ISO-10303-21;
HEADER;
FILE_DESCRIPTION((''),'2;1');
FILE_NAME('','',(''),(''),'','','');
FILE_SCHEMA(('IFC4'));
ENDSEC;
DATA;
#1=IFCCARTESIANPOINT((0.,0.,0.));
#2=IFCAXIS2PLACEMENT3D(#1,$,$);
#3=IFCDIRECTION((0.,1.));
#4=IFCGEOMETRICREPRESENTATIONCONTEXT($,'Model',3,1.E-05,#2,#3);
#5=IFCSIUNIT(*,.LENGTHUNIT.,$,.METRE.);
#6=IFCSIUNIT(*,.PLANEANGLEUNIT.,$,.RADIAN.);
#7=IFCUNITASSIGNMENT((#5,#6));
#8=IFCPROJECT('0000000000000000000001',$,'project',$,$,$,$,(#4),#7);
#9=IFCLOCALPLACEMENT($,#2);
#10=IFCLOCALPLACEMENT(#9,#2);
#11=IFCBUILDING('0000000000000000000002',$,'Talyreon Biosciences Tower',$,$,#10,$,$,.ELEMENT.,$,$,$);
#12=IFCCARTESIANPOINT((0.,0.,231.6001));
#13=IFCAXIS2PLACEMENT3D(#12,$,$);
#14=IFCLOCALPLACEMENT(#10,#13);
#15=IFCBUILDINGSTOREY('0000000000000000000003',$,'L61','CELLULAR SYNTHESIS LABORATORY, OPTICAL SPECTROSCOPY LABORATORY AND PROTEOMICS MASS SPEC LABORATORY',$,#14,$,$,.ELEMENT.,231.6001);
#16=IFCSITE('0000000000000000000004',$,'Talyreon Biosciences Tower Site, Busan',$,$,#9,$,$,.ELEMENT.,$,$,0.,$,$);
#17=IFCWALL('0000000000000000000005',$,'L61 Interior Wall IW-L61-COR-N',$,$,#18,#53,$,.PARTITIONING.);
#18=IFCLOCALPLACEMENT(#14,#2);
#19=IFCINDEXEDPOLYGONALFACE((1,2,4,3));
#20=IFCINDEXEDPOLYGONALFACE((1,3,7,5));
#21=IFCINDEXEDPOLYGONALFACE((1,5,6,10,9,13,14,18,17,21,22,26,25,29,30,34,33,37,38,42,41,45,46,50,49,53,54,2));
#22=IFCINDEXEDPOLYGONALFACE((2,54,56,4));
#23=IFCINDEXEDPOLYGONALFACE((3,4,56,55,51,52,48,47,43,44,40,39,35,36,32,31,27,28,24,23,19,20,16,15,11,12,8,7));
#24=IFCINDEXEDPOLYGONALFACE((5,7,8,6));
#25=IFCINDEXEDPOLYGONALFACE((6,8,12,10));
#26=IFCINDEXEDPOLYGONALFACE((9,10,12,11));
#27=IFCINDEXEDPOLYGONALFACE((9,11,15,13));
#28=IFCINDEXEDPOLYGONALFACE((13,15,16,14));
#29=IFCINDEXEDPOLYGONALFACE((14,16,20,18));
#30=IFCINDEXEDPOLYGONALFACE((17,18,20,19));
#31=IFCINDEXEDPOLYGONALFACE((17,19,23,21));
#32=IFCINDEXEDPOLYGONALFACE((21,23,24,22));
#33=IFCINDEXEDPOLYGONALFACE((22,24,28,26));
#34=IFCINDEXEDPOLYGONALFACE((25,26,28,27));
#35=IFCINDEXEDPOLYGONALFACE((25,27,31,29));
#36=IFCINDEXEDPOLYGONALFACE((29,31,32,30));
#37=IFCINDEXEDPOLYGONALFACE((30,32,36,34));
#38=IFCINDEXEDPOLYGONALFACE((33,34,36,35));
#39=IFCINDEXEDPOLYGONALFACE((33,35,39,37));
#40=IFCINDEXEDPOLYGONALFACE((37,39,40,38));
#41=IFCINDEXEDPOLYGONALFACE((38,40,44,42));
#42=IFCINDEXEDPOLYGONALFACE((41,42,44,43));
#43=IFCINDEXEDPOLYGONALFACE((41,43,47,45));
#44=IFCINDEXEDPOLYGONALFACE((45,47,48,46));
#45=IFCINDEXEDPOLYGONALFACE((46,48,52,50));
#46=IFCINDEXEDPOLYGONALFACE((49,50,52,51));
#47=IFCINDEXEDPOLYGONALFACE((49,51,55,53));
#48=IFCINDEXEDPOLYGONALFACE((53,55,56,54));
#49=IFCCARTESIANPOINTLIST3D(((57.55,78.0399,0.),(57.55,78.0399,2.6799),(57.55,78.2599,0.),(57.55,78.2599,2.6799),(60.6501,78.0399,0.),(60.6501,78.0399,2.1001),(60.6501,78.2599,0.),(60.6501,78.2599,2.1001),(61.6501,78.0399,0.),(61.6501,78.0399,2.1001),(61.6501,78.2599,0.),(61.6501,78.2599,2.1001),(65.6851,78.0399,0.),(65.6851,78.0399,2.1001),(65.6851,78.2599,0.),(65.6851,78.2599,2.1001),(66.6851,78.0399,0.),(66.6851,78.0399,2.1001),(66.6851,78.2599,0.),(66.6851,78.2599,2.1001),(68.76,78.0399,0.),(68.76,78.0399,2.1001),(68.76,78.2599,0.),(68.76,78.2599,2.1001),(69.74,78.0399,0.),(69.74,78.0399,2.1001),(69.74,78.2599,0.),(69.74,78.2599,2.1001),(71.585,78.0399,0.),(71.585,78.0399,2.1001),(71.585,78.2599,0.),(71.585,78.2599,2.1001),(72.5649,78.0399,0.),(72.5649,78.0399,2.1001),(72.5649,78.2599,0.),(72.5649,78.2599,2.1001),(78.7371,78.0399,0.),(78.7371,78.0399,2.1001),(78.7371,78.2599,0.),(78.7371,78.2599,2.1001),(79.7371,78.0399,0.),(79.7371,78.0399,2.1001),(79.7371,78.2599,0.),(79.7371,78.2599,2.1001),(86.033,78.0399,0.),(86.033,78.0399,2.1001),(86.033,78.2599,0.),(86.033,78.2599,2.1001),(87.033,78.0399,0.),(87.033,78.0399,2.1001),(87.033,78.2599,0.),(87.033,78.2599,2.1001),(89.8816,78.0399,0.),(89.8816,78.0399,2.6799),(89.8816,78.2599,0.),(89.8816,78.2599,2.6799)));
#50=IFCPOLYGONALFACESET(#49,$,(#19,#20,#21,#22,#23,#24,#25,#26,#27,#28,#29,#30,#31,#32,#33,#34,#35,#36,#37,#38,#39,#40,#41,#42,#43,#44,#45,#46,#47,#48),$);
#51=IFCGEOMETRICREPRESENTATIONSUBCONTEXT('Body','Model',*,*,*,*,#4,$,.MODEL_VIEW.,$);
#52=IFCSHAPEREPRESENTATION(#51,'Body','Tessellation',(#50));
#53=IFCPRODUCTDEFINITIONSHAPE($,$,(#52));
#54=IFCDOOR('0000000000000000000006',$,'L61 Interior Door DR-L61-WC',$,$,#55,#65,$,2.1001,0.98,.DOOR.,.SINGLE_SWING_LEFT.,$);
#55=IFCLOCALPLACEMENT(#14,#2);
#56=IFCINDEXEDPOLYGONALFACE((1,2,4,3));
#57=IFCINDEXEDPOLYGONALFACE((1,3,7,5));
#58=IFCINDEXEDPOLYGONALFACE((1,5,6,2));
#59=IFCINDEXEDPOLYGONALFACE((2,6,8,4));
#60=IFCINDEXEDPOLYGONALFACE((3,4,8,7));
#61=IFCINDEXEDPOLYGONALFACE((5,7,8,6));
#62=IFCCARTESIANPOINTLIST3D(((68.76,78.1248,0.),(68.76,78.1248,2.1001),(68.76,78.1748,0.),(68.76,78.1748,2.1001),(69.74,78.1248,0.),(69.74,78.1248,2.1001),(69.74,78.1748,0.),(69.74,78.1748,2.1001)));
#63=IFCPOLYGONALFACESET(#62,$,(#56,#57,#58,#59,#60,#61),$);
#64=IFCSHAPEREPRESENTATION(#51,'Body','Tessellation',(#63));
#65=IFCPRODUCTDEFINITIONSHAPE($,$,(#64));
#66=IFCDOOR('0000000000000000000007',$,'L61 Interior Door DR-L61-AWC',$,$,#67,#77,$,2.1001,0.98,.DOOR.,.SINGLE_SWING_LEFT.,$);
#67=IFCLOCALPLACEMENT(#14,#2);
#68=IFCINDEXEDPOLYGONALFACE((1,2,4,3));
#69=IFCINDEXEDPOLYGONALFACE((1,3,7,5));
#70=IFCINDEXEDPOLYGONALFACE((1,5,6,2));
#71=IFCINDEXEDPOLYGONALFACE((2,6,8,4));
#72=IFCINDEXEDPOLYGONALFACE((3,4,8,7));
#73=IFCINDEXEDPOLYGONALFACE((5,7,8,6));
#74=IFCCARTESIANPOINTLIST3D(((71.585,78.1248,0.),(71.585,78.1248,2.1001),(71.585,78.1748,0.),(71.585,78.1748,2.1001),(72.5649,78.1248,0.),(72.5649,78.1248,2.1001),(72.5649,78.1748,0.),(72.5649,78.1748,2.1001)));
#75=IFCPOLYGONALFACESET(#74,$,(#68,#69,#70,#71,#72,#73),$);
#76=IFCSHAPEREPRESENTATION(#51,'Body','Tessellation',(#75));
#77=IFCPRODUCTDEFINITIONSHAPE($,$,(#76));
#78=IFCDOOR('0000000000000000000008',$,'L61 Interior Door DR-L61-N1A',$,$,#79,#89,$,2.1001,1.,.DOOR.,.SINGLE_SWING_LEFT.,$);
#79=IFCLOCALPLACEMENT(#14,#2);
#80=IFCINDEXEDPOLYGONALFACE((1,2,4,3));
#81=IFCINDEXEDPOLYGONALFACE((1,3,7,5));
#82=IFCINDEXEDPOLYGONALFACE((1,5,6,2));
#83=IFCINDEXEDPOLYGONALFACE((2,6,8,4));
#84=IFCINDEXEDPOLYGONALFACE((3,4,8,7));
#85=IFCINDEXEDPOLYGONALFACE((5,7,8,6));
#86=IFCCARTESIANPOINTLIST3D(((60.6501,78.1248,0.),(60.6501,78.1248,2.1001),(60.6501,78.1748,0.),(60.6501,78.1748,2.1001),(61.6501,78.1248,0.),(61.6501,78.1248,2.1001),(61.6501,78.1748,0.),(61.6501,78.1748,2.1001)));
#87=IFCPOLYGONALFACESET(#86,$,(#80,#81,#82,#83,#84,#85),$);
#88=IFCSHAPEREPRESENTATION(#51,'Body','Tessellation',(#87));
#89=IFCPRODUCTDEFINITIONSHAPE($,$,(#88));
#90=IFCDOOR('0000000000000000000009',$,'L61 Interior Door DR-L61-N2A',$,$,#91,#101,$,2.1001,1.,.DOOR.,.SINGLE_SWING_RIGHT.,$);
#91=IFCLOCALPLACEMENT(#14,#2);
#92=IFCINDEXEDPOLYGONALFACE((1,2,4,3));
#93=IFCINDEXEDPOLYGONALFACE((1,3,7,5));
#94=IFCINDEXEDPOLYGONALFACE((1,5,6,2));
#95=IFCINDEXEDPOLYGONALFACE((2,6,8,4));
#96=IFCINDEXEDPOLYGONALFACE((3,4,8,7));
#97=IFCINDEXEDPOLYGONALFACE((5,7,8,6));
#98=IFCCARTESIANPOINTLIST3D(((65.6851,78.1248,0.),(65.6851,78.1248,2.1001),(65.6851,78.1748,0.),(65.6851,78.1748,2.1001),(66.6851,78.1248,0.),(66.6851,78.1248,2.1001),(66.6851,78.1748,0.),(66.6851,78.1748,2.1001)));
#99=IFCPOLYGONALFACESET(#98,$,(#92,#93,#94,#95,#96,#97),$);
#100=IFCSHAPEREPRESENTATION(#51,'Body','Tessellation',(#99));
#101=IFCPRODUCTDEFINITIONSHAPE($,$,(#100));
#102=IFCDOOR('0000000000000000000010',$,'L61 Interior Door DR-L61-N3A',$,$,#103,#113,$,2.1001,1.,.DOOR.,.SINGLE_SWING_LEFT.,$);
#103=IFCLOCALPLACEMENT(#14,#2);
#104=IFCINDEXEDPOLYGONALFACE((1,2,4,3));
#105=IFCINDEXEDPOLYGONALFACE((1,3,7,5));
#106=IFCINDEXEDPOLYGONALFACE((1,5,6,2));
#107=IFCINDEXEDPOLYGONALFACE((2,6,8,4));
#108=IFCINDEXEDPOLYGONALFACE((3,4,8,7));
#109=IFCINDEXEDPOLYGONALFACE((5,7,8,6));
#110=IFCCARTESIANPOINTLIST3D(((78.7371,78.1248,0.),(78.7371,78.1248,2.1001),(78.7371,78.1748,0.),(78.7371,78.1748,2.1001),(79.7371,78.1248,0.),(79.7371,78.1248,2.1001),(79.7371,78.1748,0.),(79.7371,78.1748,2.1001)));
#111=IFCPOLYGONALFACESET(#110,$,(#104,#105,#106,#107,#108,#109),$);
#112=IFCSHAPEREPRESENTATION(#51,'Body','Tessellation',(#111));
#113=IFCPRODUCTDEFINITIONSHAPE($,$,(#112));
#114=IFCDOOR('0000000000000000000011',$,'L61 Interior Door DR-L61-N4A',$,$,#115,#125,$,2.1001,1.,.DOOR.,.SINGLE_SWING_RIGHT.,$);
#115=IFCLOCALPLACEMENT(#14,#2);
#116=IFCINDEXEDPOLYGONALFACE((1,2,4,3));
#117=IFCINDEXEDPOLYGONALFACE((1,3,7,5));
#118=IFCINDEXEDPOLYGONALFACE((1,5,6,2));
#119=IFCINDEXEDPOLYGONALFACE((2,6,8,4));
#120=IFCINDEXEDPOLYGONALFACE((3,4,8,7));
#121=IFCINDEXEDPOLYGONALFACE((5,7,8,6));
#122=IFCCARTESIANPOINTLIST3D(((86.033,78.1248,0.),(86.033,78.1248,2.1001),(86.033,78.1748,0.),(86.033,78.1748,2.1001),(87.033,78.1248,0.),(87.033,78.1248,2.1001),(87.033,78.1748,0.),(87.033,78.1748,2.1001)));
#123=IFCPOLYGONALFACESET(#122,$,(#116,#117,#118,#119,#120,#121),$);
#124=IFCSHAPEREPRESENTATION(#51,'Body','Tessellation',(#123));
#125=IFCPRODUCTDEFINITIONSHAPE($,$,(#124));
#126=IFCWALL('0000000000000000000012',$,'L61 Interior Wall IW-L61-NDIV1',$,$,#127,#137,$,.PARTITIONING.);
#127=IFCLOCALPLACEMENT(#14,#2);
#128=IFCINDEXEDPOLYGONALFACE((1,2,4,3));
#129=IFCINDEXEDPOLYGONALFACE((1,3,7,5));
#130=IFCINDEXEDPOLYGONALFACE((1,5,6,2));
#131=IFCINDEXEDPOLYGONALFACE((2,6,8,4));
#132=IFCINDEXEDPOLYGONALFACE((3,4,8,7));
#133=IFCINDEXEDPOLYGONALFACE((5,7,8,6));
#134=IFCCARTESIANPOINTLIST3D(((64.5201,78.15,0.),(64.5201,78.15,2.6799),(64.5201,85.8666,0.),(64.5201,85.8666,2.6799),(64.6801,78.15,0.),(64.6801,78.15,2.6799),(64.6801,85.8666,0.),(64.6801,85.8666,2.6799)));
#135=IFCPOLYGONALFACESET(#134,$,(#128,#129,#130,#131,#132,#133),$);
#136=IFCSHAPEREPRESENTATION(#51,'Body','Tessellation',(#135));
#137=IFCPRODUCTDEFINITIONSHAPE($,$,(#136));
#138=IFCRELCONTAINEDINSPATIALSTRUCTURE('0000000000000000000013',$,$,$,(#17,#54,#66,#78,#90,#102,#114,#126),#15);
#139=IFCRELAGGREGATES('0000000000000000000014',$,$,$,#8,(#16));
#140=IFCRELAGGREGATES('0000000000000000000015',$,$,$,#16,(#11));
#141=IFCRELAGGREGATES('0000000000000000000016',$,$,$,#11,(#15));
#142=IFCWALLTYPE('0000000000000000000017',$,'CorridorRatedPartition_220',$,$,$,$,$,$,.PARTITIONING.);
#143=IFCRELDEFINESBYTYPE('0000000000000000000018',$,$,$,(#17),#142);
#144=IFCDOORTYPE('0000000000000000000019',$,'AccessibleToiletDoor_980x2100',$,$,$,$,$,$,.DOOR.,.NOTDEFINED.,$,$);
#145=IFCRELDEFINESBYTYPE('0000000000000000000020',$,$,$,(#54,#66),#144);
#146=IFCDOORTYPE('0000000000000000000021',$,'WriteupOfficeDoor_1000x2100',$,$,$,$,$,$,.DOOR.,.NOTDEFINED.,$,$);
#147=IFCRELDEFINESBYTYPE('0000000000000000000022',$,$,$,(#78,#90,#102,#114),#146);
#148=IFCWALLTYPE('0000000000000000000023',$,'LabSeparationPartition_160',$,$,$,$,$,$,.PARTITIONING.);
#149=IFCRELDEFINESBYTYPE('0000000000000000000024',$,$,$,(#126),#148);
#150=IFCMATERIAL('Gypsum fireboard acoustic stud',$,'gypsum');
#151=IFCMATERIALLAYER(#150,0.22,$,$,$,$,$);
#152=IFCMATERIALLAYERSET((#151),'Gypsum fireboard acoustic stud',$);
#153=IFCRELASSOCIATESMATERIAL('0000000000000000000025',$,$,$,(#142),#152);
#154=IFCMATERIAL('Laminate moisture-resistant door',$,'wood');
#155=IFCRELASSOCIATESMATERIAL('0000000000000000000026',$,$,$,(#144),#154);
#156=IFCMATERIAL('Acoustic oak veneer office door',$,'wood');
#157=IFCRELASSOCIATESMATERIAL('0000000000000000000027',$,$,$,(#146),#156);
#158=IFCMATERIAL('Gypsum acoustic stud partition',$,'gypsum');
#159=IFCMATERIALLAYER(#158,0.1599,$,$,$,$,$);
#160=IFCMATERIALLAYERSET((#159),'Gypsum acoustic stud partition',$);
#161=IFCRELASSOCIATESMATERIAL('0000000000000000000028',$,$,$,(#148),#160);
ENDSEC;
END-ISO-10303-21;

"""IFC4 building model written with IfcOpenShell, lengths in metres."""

from ifc_helpers import new_model, si_unit, direction, frame, frame_2d, origin, place, context, subcontext, project, spatial, rectangle, extrude, material, layer, layer_set, type_object, element, fill, save


model = new_model("IFC4")

# Units and contexts
model_context = context("Model", 3, precision=1e-05, world=origin(), true_north=direction((0.0, 1.0)))
body_context = subcontext(model_context, "Body", "Model", "MODEL_VIEW")
ifc_project = project(units=[si_unit("LENGTHUNIT", "METRE"), si_unit("PLANEANGLEUNIT", "RADIAN")], contexts=[model_context])

# Site, building, storey
site_placement = place(None, origin())
site = spatial("IfcSite", under=ifc_project, at=site_placement, Name="Talyreon Biosciences Tower Site, Busan", CompositionType="ELEMENT", RefElevation=0.0)
building_placement = place(site_placement, origin())
building = spatial("IfcBuilding", under=site, at=building_placement, Name="Talyreon Biosciences Tower", CompositionType="ELEMENT")
storey_placement = place(building_placement, frame((0.0, 0.0, 231.6001)))
storey = spatial("IfcBuildingStorey", under=building, at=storey_placement, Name="L61", Description="CELLULAR SYNTHESIS LABORATORY, OPTICAL SPECTROSCOPY LABORATORY AND PROTEOMICS MASS SPEC LABORATORY", CompositionType="ELEMENT", Elevation=231.6001)

# Wall, openings, doors
ifc_material_1 = material(Name="Gypsum fireboard acoustic stud", Category="gypsum")
ifc_layer_1 = layer(ifc_material_1, 0.22)
ifc_layer_set_1 = layer_set([ifc_layer_1], Name="Gypsum fireboard acoustic stud")
wall_type_1 = type_object("IfcWallType", Name="CorridorRatedPartition_220", PredefinedType="PARTITIONING", material=ifc_layer_set_1)
wall_1_placement = place(storey_placement, frame((57.55, 78.1499, 0.0), z_axis=(0.0, 0.0, 1.0), x_axis=(1.0, 0.0, 0.0)))
wall_1 = element("IfcWall", 1, at=wall_1_placement, inside=storey, type_object=wall_type_1, Name="L61 Interior Wall IW-L61-COR-N", PredefinedType="PARTITIONING", context=body_context, shape_type="SweptSolid", body=[
    extrude(rectangle(XDim=32.3315, YDim=0.22, at=frame_2d((16.1658, 0.0))), origin(), (0.0, 0.0, 1.0), 2.6799),
])
opening_1_placement = place(wall_1_placement, frame((11.21, 0.0, 0.0)))
opening_1 = element("IfcOpeningElement", 2, at=opening_1_placement, cuts=wall_1, PredefinedType="OPENING", context=body_context, shape_type="SweptSolid", body=[
    extrude(rectangle(XDim=0.98, YDim=2.1001, at=frame_2d((0.49, 1.05))), frame((0.0, 0.1199, 0.0), z_axis=(0.0, -1.0, 0.0), x_axis=(1.0, 0.0, 0.0)), (0.0, 0.0, 1.0), 0.24),
])
opening_2_placement = place(wall_1_placement, frame((14.0349, 0.0, 0.0)))
opening_2 = element("IfcOpeningElement", 3, at=opening_2_placement, cuts=wall_1, PredefinedType="OPENING", context=body_context, shape_type="SweptSolid", body=[
    extrude(rectangle(XDim=0.98, YDim=2.1001, at=frame_2d((0.49, 1.05))), frame((0.0, 0.1199, 0.0), z_axis=(0.0, -1.0, 0.0), x_axis=(1.0, 0.0, 0.0)), (0.0, 0.0, 1.0), 0.24),
])
opening_3_placement = place(wall_1_placement, frame((3.1001, 0.0, 0.0)))
opening_3 = element("IfcOpeningElement", 4, at=opening_3_placement, cuts=wall_1, PredefinedType="OPENING", context=body_context, shape_type="SweptSolid", body=[
    extrude(rectangle(XDim=1.0, YDim=2.1001, at=frame_2d((0.5, 1.05))), frame((0.0, 0.1199, 0.0), z_axis=(0.0, -1.0, 0.0), x_axis=(1.0, 0.0, 0.0)), (0.0, 0.0, 1.0), 0.24),
])
opening_4_placement = place(wall_1_placement, frame((8.135, 0.0, 0.0)))
opening_4 = element("IfcOpeningElement", 5, at=opening_4_placement, cuts=wall_1, PredefinedType="OPENING", context=body_context, shape_type="SweptSolid", body=[
    extrude(rectangle(XDim=1.0, YDim=2.1001, at=frame_2d((0.5, 1.05))), frame((0.0, 0.1199, 0.0), z_axis=(0.0, -1.0, 0.0), x_axis=(1.0, 0.0, 0.0)), (0.0, 0.0, 1.0), 0.24),
])
opening_5_placement = place(wall_1_placement, frame((21.187, 0.0, 0.0)))
opening_5 = element("IfcOpeningElement", 6, at=opening_5_placement, cuts=wall_1, PredefinedType="OPENING", context=body_context, shape_type="SweptSolid", body=[
    extrude(rectangle(XDim=1.0, YDim=2.1001, at=frame_2d((0.5, 1.05))), frame((0.0, 0.1199, 0.0), z_axis=(0.0, -1.0, 0.0), x_axis=(1.0, 0.0, 0.0)), (0.0, 0.0, 1.0), 0.24),
])
opening_6_placement = place(wall_1_placement, frame((28.4829, 0.0, 0.0)))
opening_6 = element("IfcOpeningElement", 7, at=opening_6_placement, cuts=wall_1, PredefinedType="OPENING", context=body_context, shape_type="SweptSolid", body=[
    extrude(rectangle(XDim=1.0, YDim=2.1001, at=frame_2d((0.5, 1.05))), frame((0.0, 0.1199, 0.0), z_axis=(0.0, -1.0, 0.0), x_axis=(1.0, 0.0, 0.0)), (0.0, 0.0, 1.0), 0.24),
])
ifc_material_2 = material(Name="Laminate moisture-resistant door", Category="wood")
door_type_1 = type_object("IfcDoorType", Name="AccessibleToiletDoor_980x2100", OperationType="NOTDEFINED", PredefinedType="DOOR", material=ifc_material_2)
door_1_placement = place(opening_1_placement, origin())
door_1 = element("IfcDoor", 8, at=door_1_placement, inside=storey, type_object=door_type_1, Name="L61 Interior Door DR-L61-WC", OperationType="SINGLE_SWING_LEFT", OverallHeight=2.1001, OverallWidth=0.98, PredefinedType="DOOR", context=body_context, shape_type="SweptSolid", body=[
    extrude(rectangle(XDim=0.98, YDim=2.1001, at=frame_2d((0.49, 1.05))), frame((0.0, 0.0249, 0.0), z_axis=(0.0, -1.0, 0.0), x_axis=(1.0, 0.0, 0.0)), (0.0, 0.0, 1.0), 0.05),
])
fill(opening_1, door_1)
door_2_placement = place(opening_2_placement, origin())
door_2 = element("IfcDoor", 9, at=door_2_placement, inside=storey, type_object=door_type_1, Name="L61 Interior Door DR-L61-AWC", OperationType="SINGLE_SWING_LEFT", OverallHeight=2.1001, OverallWidth=0.98, PredefinedType="DOOR", context=body_context, shape_type="SweptSolid", body=[
    extrude(rectangle(XDim=0.98, YDim=2.1001, at=frame_2d((0.49, 1.05))), frame((0.0, 0.0249, 0.0), z_axis=(0.0, -1.0, 0.0), x_axis=(1.0, 0.0, 0.0)), (0.0, 0.0, 1.0), 0.05),
])
fill(opening_2, door_2)
ifc_material_3 = material(Name="Acoustic oak veneer office door", Category="wood")
door_type_2 = type_object("IfcDoorType", Name="WriteupOfficeDoor_1000x2100", OperationType="NOTDEFINED", PredefinedType="DOOR", material=ifc_material_3)
door_3_placement = place(opening_3_placement, origin())
door_3 = element("IfcDoor", 10, at=door_3_placement, inside=storey, type_object=door_type_2, Name="L61 Interior Door DR-L61-N1A", OperationType="SINGLE_SWING_LEFT", OverallHeight=2.1001, OverallWidth=1.0, PredefinedType="DOOR", context=body_context, shape_type="SweptSolid", body=[
    extrude(rectangle(XDim=1.0, YDim=2.1001, at=frame_2d((0.5, 1.05))), frame((0.0, 0.0249, 0.0), z_axis=(0.0, -1.0, 0.0), x_axis=(1.0, 0.0, 0.0)), (0.0, 0.0, 1.0), 0.05),
])
fill(opening_3, door_3)
door_4_placement = place(opening_4_placement, origin())
door_4 = element("IfcDoor", 11, at=door_4_placement, inside=storey, type_object=door_type_2, Name="L61 Interior Door DR-L61-N2A", OperationType="SINGLE_SWING_RIGHT", OverallHeight=2.1001, OverallWidth=1.0, PredefinedType="DOOR", context=body_context, shape_type="SweptSolid", body=[
    extrude(rectangle(XDim=1.0, YDim=2.1001, at=frame_2d((0.5, 1.05))), frame((0.0, 0.0249, 0.0), z_axis=(0.0, -1.0, 0.0), x_axis=(1.0, 0.0, 0.0)), (0.0, 0.0, 1.0), 0.05),
])
fill(opening_4, door_4)
door_5_placement = place(opening_5_placement, origin())
door_5 = element("IfcDoor", 12, at=door_5_placement, inside=storey, type_object=door_type_2, Name="L61 Interior Door DR-L61-N3A", OperationType="SINGLE_SWING_LEFT", OverallHeight=2.1001, OverallWidth=1.0, PredefinedType="DOOR", context=body_context, shape_type="SweptSolid", body=[
    extrude(rectangle(XDim=1.0, YDim=2.1001, at=frame_2d((0.5, 1.05))), frame((0.0, 0.0249, 0.0), z_axis=(0.0, -1.0, 0.0), x_axis=(1.0, 0.0, 0.0)), (0.0, 0.0, 1.0), 0.05),
])
fill(opening_5, door_5)
door_6_placement = place(opening_6_placement, origin())
door_6 = element("IfcDoor", 13, at=door_6_placement, inside=storey, type_object=door_type_2, Name="L61 Interior Door DR-L61-N4A", OperationType="SINGLE_SWING_RIGHT", OverallHeight=2.1001, OverallWidth=1.0, PredefinedType="DOOR", context=body_context, shape_type="SweptSolid", body=[
    extrude(rectangle(XDim=1.0, YDim=2.1001, at=frame_2d((0.5, 1.05))), frame((0.0, 0.0249, 0.0), z_axis=(0.0, -1.0, 0.0), x_axis=(1.0, 0.0, 0.0)), (0.0, 0.0, 1.0), 0.05),
])
fill(opening_6, door_6)

# Wall
ifc_material_4 = material(Name="Gypsum acoustic stud partition", Category="gypsum")
ifc_layer_2 = layer(ifc_material_4, 0.1599)
ifc_layer_set_2 = layer_set([ifc_layer_2], Name="Gypsum acoustic stud partition")
wall_type_2 = type_object("IfcWallType", Name="LabSeparationPartition_160", PredefinedType="PARTITIONING", material=ifc_layer_set_2)
wall_2_placement = place(storey_placement, frame((64.6001, 78.1499, 0.0), z_axis=(0.0, 0.0, 1.0), x_axis=(0.0, 1.0, 0.0)))
element("IfcWall", 14, at=wall_2_placement, inside=storey, type_object=wall_type_2, Name="L61 Interior Wall IW-L61-NDIV1", PredefinedType="PARTITIONING", context=body_context, shape_type="SweptSolid", body=[
    extrude(rectangle(XDim=7.7166, YDim=0.1599, at=frame_2d((3.8584, 0.0))), origin(), (0.0, 0.0, 1.0), 2.6799),
])

save(model, "model.ifc")
